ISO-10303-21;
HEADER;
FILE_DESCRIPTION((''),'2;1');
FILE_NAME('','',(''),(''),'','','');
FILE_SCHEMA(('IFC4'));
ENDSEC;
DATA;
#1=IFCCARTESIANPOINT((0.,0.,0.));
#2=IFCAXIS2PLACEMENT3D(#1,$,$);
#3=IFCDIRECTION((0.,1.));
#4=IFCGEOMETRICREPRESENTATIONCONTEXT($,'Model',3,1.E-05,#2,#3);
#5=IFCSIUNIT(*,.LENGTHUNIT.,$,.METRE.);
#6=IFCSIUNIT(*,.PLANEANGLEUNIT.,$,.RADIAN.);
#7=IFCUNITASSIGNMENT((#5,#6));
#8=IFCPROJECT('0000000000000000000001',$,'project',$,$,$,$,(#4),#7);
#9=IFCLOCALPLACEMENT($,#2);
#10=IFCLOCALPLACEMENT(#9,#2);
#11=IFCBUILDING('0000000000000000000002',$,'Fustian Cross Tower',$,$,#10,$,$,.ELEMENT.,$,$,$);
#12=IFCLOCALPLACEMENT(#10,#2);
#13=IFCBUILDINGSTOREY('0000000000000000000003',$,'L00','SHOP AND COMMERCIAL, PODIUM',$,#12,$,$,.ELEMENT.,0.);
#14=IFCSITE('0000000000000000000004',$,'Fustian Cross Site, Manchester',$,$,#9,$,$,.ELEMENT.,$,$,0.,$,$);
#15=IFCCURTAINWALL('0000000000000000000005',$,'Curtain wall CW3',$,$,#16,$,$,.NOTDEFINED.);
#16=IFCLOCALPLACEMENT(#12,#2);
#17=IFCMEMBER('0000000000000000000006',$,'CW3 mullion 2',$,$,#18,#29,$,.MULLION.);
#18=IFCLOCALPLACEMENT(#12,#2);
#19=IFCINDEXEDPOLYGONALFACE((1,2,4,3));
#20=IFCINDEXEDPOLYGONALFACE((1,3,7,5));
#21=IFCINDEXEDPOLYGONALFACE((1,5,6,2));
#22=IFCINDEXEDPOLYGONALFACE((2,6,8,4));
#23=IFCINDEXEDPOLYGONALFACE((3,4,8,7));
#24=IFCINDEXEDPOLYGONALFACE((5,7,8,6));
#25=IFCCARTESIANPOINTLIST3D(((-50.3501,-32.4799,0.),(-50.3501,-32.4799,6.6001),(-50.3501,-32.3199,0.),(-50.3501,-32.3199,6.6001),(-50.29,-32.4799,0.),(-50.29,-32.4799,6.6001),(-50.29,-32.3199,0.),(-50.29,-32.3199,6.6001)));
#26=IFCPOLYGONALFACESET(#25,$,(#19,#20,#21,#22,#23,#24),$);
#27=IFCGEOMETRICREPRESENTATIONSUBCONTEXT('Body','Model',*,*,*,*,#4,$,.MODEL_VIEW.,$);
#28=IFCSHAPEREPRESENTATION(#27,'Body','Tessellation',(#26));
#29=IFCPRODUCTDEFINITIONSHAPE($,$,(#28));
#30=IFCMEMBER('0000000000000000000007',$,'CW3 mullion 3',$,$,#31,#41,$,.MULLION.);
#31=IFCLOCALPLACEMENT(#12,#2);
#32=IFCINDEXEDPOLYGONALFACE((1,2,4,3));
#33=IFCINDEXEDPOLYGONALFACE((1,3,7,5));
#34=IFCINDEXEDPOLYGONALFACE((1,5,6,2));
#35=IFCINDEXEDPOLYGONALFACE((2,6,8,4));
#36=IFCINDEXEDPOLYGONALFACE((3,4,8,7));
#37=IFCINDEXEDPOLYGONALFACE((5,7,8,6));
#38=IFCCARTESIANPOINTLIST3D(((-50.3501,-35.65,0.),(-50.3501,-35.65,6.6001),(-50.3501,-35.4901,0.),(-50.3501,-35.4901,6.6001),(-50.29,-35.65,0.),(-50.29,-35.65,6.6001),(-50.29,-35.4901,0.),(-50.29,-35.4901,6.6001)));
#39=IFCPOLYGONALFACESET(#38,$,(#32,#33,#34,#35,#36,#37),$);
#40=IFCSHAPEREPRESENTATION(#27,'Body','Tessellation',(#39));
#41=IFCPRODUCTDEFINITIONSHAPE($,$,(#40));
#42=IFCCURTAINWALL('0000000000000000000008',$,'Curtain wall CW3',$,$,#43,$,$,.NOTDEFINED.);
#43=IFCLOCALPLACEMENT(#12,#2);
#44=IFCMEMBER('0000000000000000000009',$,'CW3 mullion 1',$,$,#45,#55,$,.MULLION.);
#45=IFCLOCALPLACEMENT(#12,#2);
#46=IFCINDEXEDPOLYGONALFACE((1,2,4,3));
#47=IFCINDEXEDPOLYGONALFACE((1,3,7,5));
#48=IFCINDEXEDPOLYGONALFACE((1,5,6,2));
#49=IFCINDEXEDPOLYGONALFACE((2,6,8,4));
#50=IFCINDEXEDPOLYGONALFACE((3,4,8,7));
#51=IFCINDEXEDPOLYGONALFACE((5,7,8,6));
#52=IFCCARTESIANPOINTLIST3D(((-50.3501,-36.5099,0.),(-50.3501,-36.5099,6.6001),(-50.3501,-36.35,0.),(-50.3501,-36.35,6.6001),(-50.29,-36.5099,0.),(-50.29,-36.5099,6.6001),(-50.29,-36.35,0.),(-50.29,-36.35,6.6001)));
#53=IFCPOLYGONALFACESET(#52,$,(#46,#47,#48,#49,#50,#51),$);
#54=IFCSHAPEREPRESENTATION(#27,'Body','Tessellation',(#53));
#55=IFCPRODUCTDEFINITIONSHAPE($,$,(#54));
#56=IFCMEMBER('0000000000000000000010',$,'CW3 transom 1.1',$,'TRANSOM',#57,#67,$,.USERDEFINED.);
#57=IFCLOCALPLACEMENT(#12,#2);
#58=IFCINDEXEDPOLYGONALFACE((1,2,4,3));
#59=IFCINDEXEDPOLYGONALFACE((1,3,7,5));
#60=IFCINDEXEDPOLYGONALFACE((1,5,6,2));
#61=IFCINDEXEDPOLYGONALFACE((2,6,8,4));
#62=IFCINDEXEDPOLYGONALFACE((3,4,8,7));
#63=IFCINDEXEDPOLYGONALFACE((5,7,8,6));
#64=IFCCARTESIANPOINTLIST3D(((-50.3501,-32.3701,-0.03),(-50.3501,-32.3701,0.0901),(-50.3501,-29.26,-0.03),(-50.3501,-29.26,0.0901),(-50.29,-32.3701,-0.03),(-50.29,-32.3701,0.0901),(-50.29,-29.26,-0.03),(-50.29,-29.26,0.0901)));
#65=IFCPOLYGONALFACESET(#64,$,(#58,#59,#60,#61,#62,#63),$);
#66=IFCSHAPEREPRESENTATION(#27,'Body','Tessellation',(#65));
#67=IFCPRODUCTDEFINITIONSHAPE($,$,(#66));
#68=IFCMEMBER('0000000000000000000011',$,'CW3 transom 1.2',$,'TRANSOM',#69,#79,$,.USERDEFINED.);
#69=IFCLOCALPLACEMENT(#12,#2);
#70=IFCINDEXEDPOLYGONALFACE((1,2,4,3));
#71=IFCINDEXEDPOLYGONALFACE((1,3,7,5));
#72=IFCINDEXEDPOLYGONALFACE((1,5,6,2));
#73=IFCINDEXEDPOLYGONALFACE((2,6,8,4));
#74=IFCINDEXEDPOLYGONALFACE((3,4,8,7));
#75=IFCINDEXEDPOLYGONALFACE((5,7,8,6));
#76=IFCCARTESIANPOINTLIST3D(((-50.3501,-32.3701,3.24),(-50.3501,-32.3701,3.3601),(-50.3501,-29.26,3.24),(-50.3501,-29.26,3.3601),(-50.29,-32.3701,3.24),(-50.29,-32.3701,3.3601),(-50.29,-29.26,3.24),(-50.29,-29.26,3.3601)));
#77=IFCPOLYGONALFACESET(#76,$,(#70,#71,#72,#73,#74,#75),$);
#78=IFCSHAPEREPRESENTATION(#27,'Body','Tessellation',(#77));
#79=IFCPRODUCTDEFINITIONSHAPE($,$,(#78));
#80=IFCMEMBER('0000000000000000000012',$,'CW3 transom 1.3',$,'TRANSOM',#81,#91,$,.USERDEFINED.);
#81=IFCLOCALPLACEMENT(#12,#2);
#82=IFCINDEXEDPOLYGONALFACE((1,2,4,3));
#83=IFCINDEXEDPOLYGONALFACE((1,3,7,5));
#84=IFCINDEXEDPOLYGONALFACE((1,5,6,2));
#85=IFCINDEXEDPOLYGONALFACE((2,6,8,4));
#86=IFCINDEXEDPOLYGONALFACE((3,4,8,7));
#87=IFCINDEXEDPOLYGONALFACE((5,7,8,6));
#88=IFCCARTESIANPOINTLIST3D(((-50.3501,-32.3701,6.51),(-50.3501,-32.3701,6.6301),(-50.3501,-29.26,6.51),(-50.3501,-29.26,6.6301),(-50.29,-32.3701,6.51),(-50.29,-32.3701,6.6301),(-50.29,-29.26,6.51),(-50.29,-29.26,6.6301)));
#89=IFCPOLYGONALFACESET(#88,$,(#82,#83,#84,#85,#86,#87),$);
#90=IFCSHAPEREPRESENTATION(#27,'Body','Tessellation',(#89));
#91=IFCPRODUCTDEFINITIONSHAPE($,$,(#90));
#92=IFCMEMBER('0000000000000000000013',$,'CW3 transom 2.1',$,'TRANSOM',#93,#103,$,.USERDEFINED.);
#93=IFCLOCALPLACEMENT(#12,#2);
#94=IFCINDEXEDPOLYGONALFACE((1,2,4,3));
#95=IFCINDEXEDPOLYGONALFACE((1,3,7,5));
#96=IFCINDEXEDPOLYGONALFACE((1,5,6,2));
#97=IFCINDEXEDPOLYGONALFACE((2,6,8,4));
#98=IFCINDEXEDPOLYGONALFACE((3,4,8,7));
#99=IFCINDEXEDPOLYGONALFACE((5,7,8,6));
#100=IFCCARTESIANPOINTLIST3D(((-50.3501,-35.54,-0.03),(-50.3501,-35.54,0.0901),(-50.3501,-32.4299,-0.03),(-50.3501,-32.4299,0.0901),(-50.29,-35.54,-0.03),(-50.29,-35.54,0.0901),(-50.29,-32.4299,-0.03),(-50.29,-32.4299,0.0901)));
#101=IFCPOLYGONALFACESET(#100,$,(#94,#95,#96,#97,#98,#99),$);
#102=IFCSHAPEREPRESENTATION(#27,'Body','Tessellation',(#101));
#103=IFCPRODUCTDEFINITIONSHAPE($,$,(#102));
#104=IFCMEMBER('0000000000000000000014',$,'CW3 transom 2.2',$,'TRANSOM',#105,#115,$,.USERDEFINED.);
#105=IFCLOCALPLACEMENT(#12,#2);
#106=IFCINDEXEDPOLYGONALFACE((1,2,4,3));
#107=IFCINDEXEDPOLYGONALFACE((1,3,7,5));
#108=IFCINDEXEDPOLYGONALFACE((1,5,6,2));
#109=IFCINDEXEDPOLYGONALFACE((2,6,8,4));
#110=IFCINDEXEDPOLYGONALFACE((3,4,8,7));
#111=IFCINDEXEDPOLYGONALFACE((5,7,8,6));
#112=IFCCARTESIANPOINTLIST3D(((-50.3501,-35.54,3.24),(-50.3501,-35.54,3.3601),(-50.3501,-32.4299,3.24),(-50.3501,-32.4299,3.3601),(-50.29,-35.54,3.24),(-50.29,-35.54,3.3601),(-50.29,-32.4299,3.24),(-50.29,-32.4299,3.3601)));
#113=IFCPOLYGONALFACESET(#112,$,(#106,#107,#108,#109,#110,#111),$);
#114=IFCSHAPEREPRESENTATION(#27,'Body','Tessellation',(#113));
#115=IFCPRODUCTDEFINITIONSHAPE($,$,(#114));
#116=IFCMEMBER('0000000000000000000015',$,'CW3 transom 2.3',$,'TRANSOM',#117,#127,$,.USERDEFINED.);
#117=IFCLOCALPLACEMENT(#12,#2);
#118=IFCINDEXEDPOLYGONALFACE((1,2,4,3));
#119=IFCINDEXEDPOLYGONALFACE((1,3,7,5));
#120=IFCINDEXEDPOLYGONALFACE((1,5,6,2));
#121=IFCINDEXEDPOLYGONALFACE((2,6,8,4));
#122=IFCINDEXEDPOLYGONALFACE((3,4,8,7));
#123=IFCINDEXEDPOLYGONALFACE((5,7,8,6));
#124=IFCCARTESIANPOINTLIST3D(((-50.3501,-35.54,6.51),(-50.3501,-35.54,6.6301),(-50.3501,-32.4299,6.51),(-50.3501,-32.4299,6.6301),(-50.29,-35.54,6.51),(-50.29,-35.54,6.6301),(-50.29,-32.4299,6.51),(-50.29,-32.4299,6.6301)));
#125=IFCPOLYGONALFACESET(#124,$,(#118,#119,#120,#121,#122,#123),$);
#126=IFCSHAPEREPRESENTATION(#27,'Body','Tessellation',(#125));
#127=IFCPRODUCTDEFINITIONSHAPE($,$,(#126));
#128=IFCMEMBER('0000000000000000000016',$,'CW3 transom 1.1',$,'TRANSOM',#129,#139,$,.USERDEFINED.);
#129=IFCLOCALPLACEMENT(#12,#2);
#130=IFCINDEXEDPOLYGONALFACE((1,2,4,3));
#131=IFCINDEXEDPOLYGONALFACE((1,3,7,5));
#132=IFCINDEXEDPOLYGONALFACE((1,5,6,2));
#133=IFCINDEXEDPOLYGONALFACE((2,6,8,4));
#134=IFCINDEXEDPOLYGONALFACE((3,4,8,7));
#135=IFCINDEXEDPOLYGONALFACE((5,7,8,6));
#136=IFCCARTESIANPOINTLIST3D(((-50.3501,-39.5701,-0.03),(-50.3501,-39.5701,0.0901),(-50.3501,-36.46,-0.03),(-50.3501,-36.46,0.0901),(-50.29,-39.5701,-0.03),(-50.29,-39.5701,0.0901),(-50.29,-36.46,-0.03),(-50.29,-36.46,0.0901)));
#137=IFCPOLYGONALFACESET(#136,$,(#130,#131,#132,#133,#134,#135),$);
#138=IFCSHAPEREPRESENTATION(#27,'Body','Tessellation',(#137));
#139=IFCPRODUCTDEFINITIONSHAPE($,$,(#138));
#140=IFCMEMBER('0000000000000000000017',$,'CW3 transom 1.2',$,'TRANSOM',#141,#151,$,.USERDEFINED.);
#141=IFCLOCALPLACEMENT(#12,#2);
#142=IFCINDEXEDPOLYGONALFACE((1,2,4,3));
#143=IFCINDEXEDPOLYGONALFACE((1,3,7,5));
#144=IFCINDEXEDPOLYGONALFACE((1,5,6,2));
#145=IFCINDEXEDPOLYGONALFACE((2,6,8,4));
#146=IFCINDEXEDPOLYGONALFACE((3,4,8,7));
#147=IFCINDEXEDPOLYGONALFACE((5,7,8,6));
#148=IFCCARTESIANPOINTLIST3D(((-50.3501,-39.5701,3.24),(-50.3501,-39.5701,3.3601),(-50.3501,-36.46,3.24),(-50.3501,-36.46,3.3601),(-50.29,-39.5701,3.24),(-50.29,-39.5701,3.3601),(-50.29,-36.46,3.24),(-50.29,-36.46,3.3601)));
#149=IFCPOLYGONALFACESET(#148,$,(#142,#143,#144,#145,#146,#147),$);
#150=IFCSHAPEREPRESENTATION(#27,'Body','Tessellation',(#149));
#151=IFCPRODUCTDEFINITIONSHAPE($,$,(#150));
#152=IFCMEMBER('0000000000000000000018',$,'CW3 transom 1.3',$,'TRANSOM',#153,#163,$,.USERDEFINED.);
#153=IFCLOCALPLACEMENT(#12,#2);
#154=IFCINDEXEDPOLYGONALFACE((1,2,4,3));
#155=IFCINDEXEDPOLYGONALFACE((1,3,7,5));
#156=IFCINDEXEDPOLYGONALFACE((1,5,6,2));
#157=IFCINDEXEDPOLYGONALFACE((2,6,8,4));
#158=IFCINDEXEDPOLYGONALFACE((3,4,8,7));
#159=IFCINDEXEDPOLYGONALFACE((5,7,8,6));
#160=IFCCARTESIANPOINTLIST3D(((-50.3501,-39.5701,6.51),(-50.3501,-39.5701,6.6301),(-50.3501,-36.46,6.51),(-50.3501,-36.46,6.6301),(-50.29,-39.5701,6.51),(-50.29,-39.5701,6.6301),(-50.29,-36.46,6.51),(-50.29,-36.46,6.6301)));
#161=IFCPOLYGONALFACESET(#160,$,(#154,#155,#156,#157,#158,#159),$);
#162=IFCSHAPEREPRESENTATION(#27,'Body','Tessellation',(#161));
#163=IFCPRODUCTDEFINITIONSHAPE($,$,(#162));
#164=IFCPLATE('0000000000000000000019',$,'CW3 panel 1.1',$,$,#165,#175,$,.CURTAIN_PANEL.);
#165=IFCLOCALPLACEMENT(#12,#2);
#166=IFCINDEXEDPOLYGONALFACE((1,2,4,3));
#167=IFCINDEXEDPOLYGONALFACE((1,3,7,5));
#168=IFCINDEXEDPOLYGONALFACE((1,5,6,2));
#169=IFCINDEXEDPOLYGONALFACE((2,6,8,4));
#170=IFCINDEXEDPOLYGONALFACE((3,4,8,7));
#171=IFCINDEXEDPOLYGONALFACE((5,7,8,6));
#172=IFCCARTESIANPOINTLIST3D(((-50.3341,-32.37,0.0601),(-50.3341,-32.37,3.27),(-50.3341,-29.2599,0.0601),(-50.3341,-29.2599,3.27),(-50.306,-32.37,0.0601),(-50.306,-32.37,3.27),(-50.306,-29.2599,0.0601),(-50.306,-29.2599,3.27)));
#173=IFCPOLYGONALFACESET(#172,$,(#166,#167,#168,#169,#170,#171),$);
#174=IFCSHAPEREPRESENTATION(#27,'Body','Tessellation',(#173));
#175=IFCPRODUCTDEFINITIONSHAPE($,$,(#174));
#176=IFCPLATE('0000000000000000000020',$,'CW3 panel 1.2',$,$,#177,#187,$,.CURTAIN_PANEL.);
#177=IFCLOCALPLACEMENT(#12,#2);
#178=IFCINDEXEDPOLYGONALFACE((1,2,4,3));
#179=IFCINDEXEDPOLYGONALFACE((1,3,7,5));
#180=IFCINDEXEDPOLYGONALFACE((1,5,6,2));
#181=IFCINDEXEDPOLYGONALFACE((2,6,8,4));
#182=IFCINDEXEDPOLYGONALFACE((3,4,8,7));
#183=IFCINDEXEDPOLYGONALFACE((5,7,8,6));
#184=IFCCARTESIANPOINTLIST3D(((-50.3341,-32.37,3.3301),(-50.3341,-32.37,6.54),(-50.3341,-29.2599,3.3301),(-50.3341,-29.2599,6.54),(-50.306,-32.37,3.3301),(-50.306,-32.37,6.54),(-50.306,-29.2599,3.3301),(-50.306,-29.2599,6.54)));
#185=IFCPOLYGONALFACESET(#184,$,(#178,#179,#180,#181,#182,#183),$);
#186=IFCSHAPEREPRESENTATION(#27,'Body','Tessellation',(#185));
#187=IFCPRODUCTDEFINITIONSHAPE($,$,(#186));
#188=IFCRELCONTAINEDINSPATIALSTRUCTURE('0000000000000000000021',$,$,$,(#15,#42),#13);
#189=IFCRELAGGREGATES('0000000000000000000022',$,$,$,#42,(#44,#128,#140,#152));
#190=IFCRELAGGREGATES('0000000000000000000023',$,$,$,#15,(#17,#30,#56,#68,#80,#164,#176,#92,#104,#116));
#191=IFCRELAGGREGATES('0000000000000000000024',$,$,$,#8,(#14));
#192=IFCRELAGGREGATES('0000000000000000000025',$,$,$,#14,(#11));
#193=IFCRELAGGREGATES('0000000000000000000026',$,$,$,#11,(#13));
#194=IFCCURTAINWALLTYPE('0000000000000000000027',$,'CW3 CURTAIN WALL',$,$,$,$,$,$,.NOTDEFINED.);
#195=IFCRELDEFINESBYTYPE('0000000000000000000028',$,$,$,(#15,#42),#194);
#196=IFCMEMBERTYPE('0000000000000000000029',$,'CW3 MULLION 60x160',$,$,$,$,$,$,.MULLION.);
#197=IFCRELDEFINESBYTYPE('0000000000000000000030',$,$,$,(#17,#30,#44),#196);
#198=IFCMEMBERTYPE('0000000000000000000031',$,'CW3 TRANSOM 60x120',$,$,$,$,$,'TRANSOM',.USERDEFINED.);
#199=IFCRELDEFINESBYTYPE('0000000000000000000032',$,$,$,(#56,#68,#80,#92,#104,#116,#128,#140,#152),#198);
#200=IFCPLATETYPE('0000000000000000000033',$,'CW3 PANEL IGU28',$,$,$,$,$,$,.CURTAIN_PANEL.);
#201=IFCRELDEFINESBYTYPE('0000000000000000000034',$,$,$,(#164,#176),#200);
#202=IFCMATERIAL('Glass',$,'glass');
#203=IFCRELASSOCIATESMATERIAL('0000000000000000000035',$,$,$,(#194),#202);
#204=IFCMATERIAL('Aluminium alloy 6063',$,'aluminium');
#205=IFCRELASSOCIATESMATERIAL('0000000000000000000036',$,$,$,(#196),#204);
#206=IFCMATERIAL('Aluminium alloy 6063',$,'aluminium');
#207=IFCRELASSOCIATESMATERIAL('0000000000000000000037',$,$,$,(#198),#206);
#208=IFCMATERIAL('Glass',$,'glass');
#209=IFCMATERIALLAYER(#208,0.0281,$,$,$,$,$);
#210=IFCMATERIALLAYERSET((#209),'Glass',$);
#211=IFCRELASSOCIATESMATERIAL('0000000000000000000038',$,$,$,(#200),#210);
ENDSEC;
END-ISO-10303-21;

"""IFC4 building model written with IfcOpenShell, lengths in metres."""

from ifc_helpers import new_model, si_unit, direction, frame, origin, origin_2d, place, context, subcontext, project, spatial, rectangle, extrude, material, layer, layer_set, material_profile, profile_set, type_object, element, aggregate, save


model = new_model("IFC4")

# Units and contexts
model_context = context("Model", 3, precision=1e-05, world=origin(), true_north=direction((0.0, 1.0)))
body_context = subcontext(model_context, "Body", "Model", "MODEL_VIEW")
ifc_project = project(units=[si_unit("LENGTHUNIT", "METRE"), si_unit("PLANEANGLEUNIT", "RADIAN")], contexts=[model_context])

# Site, building, storey
site_placement = place(None, origin())
site = spatial("IfcSite", under=ifc_project, at=site_placement, Name="Fustian Cross Site, Manchester", CompositionType="ELEMENT", RefElevation=0.0)
building_placement = place(site_placement, origin())
building = spatial("IfcBuilding", under=site, at=building_placement, Name="Fustian Cross Tower", CompositionType="ELEMENT")
storey_placement = place(building_placement, origin())
storey = spatial("IfcBuildingStorey", under=building, at=storey_placement, Name="L00", Description="SHOP AND COMMERCIAL, PODIUM", CompositionType="ELEMENT", Elevation=0.0)

# Curtain wall, members
ifc_material_1 = material(Name="Glass", Category="glass")
curtain_wall_type = type_object("IfcCurtainWallType", Name="CW3 CURTAIN WALL", PredefinedType="NOTDEFINED", material=ifc_material_1)
curtain_wall_1_placement = place(storey_placement, origin())
curtain_wall_1 = element("IfcCurtainWall", 1, at=curtain_wall_1_placement, inside=storey, type_object=curtain_wall_type, Name="Curtain wall CW3", PredefinedType="NOTDEFINED")
ifc_material_2 = material(Name="Aluminium alloy 6063", Category="aluminium")
ifc_material_profile_1 = material_profile(ifc_material_2, rectangle(XDim=0.0601, YDim=0.1599, at=origin_2d()), Name="CW3 MULLION 60x160")
ifc_profile_set_1 = profile_set([ifc_material_profile_1], Name="Aluminium alloy 6063")
member_type_1 = type_object("IfcMemberType", Name="CW3 MULLION 60x160", PredefinedType="MULLION", material=ifc_profile_set_1)
member_1_placement = place(storey_placement, frame((-50.3201, -32.3999, 0.0), z_axis=(0.0, 0.0, 1.0), x_axis=(1.0, 0.0, 0.0)))
member_1 = element("IfcMember", 2, at=member_1_placement, type_object=member_type_1, Name="CW3 mullion 2", PredefinedType="MULLION", context=body_context, shape_type="SweptSolid", body=[
    extrude(rectangle(XDim=0.0601, YDim=0.1599, at=origin_2d()), origin(), (0.0, 0.0, 1.0), 6.6001),
])
member_2_placement = place(storey_placement, frame((-50.3201, -35.5701, 0.0), z_axis=(0.0, 0.0, 1.0), x_axis=(1.0, 0.0, 0.0)))
member_2 = element("IfcMember", 3, at=member_2_placement, type_object=member_type_1, Name="CW3 mullion 3", PredefinedType="MULLION", context=body_context, shape_type="SweptSolid", body=[
    extrude(rectangle(XDim=0.0601, YDim=0.1599, at=origin_2d()), origin(), (0.0, 0.0, 1.0), 6.6001),
])

# Curtain wall, member
curtain_wall_2_placement = place(storey_placement, origin())
curtain_wall_2 = element("IfcCurtainWall", 4, at=curtain_wall_2_placement, inside=storey, type_object=curtain_wall_type, Name="Curtain wall CW3", PredefinedType="NOTDEFINED")
member_3_placement = place(storey_placement, frame((-50.3201, -36.4299, 0.0), z_axis=(0.0, 0.0, 1.0), x_axis=(1.0, 0.0, 0.0)))
member_3 = element("IfcMember", 5, at=member_3_placement, type_object=member_type_1, Name="CW3 mullion 1", PredefinedType="MULLION", context=body_context, shape_type="SweptSolid", body=[
    extrude(rectangle(XDim=0.0601, YDim=0.1599, at=origin_2d()), origin(), (0.0, 0.0, 1.0), 6.6001),
])

# Members
ifc_material_3 = material(Name="Aluminium alloy 6063", Category="aluminium")
ifc_material_profile_2 = material_profile(ifc_material_3, rectangle(XDim=0.0601, YDim=0.1201, at=origin_2d()), Name="CW3 TRANSOM 60x120")
ifc_profile_set_2 = profile_set([ifc_material_profile_2], Name="Aluminium alloy 6063")
member_type_2 = type_object("IfcMemberType", Name="CW3 TRANSOM 60x120", ElementType="TRANSOM", PredefinedType="USERDEFINED", material=ifc_profile_set_2)
member_4_placement = place(storey_placement, frame((-50.3201, -29.26, 0.03), z_axis=(0.0, -1.0, 0.0), x_axis=(1.0, 0.0, 0.0)))
member_4 = element("IfcMember", 6, at=member_4_placement, type_object=member_type_2, Name="CW3 transom 1.1", ObjectType="TRANSOM", PredefinedType="USERDEFINED", context=body_context, shape_type="SweptSolid", body=[
    extrude(rectangle(XDim=0.0601, YDim=0.1201, at=origin_2d()), origin(), (0.0, 0.0, 1.0), 3.1101),
])
member_5_placement = place(storey_placement, frame((-50.3201, -29.26, 3.3), z_axis=(0.0, -1.0, 0.0), x_axis=(1.0, 0.0, 0.0)))
member_5 = element("IfcMember", 7, at=member_5_placement, type_object=member_type_2, Name="CW3 transom 1.2", ObjectType="TRANSOM", PredefinedType="USERDEFINED", context=body_context, shape_type="SweptSolid", body=[
    extrude(rectangle(XDim=0.0601, YDim=0.1201, at=origin_2d()), origin(), (0.0, 0.0, 1.0), 3.1101),
])
member_6_placement = place(storey_placement, frame((-50.3201, -29.26, 6.5701), z_axis=(0.0, -1.0, 0.0), x_axis=(1.0, 0.0, 0.0)))
member_6 = element("IfcMember", 8, at=member_6_placement, type_object=member_type_2, Name="CW3 transom 1.3", ObjectType="TRANSOM", PredefinedType="USERDEFINED", context=body_context, shape_type="SweptSolid", body=[
    extrude(rectangle(XDim=0.0601, YDim=0.1201, at=origin_2d()), origin(), (0.0, 0.0, 1.0), 3.1101),
])
member_7_placement = place(storey_placement, frame((-50.3201, -32.4299, 0.03), z_axis=(0.0, -1.0, 0.0), x_axis=(1.0, 0.0, 0.0)))
member_7 = element("IfcMember", 9, at=member_7_placement, type_object=member_type_2, Name="CW3 transom 2.1", ObjectType="TRANSOM", PredefinedType="USERDEFINED", context=body_context, shape_type="SweptSolid", body=[
    extrude(rectangle(XDim=0.0601, YDim=0.1201, at=origin_2d()), origin(), (0.0, 0.0, 1.0), 3.1101),
])
member_8_placement = place(storey_placement, frame((-50.3201, -32.4299, 3.3), z_axis=(0.0, -1.0, 0.0), x_axis=(1.0, 0.0, 0.0)))
member_8 = element("IfcMember", 10, at=member_8_placement, type_object=member_type_2, Name="CW3 transom 2.2", ObjectType="TRANSOM", PredefinedType="USERDEFINED", context=body_context, shape_type="SweptSolid", body=[
    extrude(rectangle(XDim=0.0601, YDim=0.1201, at=origin_2d()), origin(), (0.0, 0.0, 1.0), 3.1101),
])
member_9_placement = place(storey_placement, frame((-50.3201, -32.4299, 6.5701), z_axis=(0.0, -1.0, 0.0), x_axis=(1.0, 0.0, 0.0)))
member_9 = element("IfcMember", 11, at=member_9_placement, type_object=member_type_2, Name="CW3 transom 2.3", ObjectType="TRANSOM", PredefinedType="USERDEFINED", context=body_context, shape_type="SweptSolid", body=[
    extrude(rectangle(XDim=0.0601, YDim=0.1201, at=origin_2d()), origin(), (0.0, 0.0, 1.0), 3.1101),
])
member_10_placement = place(storey_placement, frame((-50.3201, -36.46, 0.03), z_axis=(0.0, -1.0, 0.0), x_axis=(1.0, 0.0, 0.0)))
member_10 = element("IfcMember", 12, at=member_10_placement, type_object=member_type_2, Name="CW3 transom 1.1", ObjectType="TRANSOM", PredefinedType="USERDEFINED", context=body_context, shape_type="SweptSolid", body=[
    extrude(rectangle(XDim=0.0601, YDim=0.1201, at=origin_2d()), origin(), (0.0, 0.0, 1.0), 3.1101),
])
member_11_placement = place(storey_placement, frame((-50.3201, -36.46, 3.3), z_axis=(0.0, -1.0, 0.0), x_axis=(1.0, 0.0, 0.0)))
member_11 = element("IfcMember", 13, at=member_11_placement, type_object=member_type_2, Name="CW3 transom 1.2", ObjectType="TRANSOM", PredefinedType="USERDEFINED", context=body_context, shape_type="SweptSolid", body=[
    extrude(rectangle(XDim=0.0601, YDim=0.1201, at=origin_2d()), origin(), (0.0, 0.0, 1.0), 3.1101),
])
member_12_placement = place(storey_placement, frame((-50.3201, -36.46, 6.5701), z_axis=(0.0, -1.0, 0.0), x_axis=(1.0, 0.0, 0.0)))
member_12 = element("IfcMember", 14, at=member_12_placement, type_object=member_type_2, Name="CW3 transom 1.3", ObjectType="TRANSOM", PredefinedType="USERDEFINED", context=body_context, shape_type="SweptSolid", body=[
    extrude(rectangle(XDim=0.0601, YDim=0.1201, at=origin_2d()), origin(), (0.0, 0.0, 1.0), 3.1101),
])
aggregate(curtain_wall_2, [member_3, member_10, member_11, member_12])

# Plates
ifc_material_4 = material(Name="Glass", Category="glass")
ifc_layer = layer(ifc_material_4, 0.0281)
ifc_layer_set = layer_set([ifc_layer], Name="Glass")
plate_type = type_object("IfcPlateType", Name="CW3 PANEL IGU28", PredefinedType="CURTAIN_PANEL", material=ifc_layer_set)
plate_1_placement = place(storey_placement, frame((-50.3201, -30.8149, 0.0601), z_axis=(0.0, 0.0, 1.0), x_axis=(0.0, -1.0, 0.0)))
plate_1 = element("IfcPlate", 15, at=plate_1_placement, type_object=plate_type, Name="CW3 panel 1.1", PredefinedType="CURTAIN_PANEL", context=body_context, shape_type="SweptSolid", body=[
    extrude(rectangle(XDim=3.1101, YDim=0.0281, at=origin_2d()), origin(), (0.0, 0.0, 1.0), 3.21),
])
plate_2_placement = place(storey_placement, frame((-50.3201, -30.8149, 3.3301), z_axis=(0.0, 0.0, 1.0), x_axis=(0.0, -1.0, 0.0)))
plate_2 = element("IfcPlate", 16, at=plate_2_placement, type_object=plate_type, Name="CW3 panel 1.2", PredefinedType="CURTAIN_PANEL", context=body_context, shape_type="SweptSolid", body=[
    extrude(rectangle(XDim=3.1101, YDim=0.0281, at=origin_2d()), origin(), (0.0, 0.0, 1.0), 3.21),
])
aggregate(curtain_wall_1, [member_1, member_2, member_4, member_5, member_6, plate_1, plate_2, member_7, member_8, member_9])

save(model, "model.ifc")
